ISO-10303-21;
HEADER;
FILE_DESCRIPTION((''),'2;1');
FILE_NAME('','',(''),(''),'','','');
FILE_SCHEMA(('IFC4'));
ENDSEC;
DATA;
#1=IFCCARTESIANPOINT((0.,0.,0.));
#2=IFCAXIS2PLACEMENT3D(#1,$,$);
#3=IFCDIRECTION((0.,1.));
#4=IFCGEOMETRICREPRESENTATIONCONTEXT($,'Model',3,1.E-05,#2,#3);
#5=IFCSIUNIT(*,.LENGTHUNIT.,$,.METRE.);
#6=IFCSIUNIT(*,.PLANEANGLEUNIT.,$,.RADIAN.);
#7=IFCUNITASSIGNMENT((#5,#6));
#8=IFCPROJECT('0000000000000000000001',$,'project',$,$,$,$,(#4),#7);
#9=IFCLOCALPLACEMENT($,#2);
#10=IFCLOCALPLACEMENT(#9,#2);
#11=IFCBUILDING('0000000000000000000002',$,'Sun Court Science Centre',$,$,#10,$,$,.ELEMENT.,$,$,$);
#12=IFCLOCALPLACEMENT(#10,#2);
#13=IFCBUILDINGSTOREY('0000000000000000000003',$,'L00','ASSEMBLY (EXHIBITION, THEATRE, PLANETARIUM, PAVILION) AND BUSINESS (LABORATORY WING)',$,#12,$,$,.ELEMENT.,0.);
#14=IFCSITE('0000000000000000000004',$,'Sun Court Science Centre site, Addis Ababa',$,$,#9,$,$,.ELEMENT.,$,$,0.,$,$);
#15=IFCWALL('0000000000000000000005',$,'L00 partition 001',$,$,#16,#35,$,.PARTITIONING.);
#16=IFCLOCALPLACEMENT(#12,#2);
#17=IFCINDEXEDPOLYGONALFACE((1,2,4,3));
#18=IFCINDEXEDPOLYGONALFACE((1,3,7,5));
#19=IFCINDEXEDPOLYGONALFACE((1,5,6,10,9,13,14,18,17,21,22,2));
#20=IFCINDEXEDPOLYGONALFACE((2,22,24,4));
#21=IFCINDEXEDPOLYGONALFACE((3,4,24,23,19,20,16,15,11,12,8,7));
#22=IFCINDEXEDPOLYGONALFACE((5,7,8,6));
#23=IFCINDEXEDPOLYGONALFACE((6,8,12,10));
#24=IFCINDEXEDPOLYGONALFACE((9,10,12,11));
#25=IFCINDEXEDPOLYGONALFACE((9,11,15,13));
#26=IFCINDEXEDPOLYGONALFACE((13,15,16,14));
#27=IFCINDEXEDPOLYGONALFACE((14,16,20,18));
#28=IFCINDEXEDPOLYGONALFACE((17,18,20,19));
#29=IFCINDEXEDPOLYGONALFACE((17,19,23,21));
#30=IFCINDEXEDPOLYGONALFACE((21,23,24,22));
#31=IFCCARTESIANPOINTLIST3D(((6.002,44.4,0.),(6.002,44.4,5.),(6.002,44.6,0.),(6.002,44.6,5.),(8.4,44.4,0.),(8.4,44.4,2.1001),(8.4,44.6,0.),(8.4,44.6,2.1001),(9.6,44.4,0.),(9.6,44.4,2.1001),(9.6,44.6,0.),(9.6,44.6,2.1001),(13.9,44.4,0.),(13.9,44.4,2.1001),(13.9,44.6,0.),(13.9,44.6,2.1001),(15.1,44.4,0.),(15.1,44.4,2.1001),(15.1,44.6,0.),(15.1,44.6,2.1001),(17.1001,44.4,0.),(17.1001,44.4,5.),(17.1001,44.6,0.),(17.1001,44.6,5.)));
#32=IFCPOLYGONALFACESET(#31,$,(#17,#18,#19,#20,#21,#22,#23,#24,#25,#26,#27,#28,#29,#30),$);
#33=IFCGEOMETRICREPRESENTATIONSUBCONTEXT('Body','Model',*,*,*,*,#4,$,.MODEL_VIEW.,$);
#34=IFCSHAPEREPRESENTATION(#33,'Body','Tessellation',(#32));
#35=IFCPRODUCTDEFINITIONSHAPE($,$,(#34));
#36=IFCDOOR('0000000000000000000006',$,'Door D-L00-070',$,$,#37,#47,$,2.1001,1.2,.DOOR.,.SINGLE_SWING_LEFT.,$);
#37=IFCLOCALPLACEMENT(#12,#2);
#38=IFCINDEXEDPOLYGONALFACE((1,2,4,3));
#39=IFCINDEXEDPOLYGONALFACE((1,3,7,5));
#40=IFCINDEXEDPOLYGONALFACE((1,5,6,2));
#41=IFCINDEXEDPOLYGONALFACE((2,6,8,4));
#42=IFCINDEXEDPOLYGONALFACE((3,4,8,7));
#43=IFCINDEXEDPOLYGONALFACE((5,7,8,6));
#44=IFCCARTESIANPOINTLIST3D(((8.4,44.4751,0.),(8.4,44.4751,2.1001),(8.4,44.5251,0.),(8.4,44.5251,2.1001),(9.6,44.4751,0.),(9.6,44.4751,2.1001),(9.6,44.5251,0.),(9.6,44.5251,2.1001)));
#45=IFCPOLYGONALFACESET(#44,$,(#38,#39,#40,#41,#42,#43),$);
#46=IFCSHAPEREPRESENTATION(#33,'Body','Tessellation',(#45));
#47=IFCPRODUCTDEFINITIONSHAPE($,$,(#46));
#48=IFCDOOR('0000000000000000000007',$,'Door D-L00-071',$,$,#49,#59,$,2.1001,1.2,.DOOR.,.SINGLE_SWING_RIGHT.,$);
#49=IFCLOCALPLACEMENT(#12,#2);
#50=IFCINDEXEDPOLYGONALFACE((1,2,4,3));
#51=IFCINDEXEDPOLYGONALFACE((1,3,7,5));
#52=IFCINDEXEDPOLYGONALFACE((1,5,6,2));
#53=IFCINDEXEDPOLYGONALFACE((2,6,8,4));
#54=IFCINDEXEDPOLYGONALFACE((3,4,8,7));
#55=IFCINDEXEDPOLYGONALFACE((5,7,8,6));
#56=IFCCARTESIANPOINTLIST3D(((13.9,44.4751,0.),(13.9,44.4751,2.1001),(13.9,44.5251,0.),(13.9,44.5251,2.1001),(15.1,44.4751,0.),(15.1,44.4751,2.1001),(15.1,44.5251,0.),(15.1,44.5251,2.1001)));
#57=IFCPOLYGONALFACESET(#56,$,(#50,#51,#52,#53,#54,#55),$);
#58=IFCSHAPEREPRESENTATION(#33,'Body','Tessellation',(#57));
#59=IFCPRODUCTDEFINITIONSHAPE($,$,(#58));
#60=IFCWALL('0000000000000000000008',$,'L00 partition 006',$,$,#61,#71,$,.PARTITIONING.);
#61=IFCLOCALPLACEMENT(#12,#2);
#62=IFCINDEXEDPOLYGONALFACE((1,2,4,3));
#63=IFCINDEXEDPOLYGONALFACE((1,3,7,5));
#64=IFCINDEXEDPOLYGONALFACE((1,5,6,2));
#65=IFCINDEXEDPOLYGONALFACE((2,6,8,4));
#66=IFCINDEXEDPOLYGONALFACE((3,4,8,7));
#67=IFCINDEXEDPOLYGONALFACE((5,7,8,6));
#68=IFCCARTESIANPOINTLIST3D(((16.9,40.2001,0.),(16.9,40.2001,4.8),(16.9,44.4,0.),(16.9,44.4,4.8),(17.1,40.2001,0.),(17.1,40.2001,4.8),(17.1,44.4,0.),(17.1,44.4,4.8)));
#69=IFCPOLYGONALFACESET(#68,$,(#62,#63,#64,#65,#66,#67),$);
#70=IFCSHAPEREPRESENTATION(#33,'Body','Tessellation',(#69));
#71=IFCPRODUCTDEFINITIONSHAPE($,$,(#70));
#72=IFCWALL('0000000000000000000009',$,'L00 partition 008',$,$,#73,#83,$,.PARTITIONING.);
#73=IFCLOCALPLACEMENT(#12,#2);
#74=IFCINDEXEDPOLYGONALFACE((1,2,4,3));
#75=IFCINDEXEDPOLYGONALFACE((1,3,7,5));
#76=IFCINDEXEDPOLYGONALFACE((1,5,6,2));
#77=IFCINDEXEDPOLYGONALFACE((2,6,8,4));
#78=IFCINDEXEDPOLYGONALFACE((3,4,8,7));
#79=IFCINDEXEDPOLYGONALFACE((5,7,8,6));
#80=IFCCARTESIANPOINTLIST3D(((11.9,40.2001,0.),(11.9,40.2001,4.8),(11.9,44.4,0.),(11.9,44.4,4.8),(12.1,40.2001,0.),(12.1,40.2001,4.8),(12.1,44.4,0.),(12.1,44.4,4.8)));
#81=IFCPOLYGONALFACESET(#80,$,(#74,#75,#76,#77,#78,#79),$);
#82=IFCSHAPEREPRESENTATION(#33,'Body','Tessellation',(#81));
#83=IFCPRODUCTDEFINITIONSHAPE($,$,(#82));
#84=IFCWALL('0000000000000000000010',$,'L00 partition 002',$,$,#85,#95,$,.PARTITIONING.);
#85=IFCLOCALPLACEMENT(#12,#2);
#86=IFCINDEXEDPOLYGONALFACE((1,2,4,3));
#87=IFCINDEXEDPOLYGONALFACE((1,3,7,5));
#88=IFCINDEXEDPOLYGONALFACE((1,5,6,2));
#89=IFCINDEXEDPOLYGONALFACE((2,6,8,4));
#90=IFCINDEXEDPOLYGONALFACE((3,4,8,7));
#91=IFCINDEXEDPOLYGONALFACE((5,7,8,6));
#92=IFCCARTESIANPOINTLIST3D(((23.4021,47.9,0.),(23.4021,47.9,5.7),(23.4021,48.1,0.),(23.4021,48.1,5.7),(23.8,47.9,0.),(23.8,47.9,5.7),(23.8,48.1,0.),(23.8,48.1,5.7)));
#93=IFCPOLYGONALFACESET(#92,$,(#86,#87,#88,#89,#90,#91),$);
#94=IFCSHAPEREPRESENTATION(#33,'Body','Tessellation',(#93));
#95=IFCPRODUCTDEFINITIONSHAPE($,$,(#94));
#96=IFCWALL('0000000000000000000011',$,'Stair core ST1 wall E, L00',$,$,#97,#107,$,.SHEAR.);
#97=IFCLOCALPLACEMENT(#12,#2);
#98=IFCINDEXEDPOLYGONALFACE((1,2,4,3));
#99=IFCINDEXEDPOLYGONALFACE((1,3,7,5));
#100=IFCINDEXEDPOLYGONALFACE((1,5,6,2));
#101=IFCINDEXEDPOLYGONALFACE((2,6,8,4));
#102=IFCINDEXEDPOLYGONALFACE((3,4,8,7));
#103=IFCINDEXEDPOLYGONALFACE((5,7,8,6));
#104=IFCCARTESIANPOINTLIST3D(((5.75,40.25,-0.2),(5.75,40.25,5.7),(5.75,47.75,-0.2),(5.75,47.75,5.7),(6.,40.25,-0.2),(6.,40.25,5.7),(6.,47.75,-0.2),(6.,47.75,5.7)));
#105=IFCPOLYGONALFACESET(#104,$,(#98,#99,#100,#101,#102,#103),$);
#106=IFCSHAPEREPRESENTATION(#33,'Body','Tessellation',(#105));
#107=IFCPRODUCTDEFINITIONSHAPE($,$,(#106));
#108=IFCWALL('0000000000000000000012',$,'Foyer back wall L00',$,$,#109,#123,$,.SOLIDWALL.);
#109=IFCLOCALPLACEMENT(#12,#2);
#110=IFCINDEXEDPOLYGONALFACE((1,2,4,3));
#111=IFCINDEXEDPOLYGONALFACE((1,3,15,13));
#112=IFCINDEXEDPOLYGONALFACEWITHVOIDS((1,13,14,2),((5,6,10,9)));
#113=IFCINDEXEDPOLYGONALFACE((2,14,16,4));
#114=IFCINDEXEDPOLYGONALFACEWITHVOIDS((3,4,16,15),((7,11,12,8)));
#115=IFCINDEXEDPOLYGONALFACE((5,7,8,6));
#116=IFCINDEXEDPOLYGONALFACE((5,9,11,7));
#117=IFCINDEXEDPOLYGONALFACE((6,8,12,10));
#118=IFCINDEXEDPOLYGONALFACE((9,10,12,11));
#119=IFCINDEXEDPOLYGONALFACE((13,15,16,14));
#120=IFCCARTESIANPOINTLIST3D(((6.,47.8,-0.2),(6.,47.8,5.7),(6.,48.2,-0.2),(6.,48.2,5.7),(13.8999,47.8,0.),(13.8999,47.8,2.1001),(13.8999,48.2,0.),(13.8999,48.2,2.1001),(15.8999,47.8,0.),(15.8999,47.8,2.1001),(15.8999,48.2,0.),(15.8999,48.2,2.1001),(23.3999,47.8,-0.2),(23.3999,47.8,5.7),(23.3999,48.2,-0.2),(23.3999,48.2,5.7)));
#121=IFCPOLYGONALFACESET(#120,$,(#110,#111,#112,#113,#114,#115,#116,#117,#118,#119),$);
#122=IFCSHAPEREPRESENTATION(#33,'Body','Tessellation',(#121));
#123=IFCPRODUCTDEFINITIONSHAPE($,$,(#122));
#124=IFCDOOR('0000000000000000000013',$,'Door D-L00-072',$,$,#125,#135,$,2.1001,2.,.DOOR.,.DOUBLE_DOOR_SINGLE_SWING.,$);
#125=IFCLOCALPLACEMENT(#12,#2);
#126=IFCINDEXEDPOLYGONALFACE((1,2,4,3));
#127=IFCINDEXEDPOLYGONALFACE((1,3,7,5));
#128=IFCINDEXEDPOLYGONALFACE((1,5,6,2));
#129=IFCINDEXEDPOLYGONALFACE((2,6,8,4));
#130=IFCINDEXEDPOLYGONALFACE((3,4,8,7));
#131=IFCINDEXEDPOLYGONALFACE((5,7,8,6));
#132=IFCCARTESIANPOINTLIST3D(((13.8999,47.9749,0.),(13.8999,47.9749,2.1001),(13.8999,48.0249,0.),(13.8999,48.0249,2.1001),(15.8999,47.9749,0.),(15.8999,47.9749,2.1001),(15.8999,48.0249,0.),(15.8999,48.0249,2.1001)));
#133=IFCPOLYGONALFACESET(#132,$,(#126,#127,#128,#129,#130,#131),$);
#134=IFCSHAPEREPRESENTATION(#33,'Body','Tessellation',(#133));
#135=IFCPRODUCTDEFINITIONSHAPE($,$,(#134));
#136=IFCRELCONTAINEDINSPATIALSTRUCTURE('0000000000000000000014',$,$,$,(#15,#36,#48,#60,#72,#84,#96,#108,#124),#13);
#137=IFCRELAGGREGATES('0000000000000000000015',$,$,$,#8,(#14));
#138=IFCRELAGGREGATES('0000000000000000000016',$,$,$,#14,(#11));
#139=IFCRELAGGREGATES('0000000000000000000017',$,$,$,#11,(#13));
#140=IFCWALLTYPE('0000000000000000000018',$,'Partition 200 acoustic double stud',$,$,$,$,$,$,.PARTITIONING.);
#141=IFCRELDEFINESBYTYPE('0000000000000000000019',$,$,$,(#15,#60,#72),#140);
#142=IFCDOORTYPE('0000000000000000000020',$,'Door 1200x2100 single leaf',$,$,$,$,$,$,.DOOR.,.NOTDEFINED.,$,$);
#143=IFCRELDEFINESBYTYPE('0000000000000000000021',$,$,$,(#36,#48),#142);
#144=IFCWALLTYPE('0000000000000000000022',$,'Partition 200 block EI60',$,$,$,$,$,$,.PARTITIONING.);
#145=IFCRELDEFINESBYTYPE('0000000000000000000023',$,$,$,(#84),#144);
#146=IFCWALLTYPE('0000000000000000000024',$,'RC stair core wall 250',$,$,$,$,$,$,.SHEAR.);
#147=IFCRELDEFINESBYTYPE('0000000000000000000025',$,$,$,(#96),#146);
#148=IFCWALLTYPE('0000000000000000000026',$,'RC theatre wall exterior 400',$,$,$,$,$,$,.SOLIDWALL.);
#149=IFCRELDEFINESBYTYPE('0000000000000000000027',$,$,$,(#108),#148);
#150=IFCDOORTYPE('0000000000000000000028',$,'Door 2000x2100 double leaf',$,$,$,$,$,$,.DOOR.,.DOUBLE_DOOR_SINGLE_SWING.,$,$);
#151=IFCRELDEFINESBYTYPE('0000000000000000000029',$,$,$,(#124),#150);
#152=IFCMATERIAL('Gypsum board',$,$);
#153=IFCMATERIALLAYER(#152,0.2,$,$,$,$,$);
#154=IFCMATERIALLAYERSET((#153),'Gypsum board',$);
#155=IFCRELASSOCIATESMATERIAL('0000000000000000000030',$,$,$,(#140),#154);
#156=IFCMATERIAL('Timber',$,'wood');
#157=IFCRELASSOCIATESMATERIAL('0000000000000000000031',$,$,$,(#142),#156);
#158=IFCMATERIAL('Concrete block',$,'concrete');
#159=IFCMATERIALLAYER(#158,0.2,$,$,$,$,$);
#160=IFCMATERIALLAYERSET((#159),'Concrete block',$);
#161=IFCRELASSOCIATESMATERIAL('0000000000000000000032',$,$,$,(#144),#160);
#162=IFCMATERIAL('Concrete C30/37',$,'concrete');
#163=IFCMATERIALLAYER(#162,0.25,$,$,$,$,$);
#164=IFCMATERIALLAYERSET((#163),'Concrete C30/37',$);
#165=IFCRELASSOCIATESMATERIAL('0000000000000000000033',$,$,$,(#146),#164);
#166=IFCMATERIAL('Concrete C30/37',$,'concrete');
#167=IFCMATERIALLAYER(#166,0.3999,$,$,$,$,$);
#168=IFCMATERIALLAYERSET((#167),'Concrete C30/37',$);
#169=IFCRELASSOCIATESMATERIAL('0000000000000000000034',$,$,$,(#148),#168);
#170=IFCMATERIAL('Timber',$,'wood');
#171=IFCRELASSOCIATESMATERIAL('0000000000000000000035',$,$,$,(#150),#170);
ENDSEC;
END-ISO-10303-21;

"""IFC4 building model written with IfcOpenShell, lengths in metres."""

from ifc_helpers import new_model, si_unit, direction, frame, frame_2d, origin, place, context, subcontext, project, spatial, rectangle, extrude, material, layer, layer_set, type_object, element, fill, save


model = new_model("IFC4")

# Units and contexts
model_context = context("Model", 3, precision=1e-05, world=origin(), true_north=direction((0.0, 1.0)))
body_context = subcontext(model_context, "Body", "Model", "MODEL_VIEW")
ifc_project = project(units=[si_unit("LENGTHUNIT", "METRE"), si_unit("PLANEANGLEUNIT", "RADIAN")], contexts=[model_context])

# Site, building, storey
site_placement = place(None, origin())
site = spatial("IfcSite", under=ifc_project, at=site_placement, Name="Sun Court Science Centre site, Addis Ababa", CompositionType="ELEMENT", RefElevation=0.0)
building_placement = place(site_placement, origin())
building = spatial("IfcBuilding", under=site, at=building_placement, Name="Sun Court Science Centre", CompositionType="ELEMENT")
storey_placement = place(building_placement, origin())
storey = spatial("IfcBuildingStorey", under=building, at=storey_placement, Name="L00", Description="ASSEMBLY (EXHIBITION, THEATRE, PLANETARIUM, PAVILION) AND BUSINESS (LABORATORY WING)", CompositionType="ELEMENT", Elevation=0.0)

# Wall, openings, doors
ifc_material_1 = material(Name="Gypsum board")
ifc_layer_1 = layer(ifc_material_1, 0.2)
ifc_layer_set_1 = layer_set([ifc_layer_1], Name="Gypsum board")
wall_type_1 = type_object("IfcWallType", Name="Partition 200 acoustic double stud", PredefinedType="PARTITIONING", material=ifc_layer_set_1)
wall_1_placement = place(storey_placement, frame((17.1001, 44.5, 0.0), z_axis=(0.0, 0.0, 1.0), x_axis=(-1.0, 0.0, 0.0)))
wall_1 = element("IfcWall", 1, at=wall_1_placement, inside=storey, type_object=wall_type_1, Name="L00 partition 001", PredefinedType="PARTITIONING", context=body_context, shape_type="SweptSolid", body=[
    extrude(rectangle(XDim=11.0981, YDim=0.2, at=frame_2d((5.5491, 0.0))), origin(), (0.0, 0.0, 1.0), 5.0),
])
opening_1_placement = place(wall_1_placement, frame((7.5, 0.0, 0.0)))
opening_1 = element("IfcOpeningElement", 2, at=opening_1_placement, cuts=wall_1, PredefinedType="OPENING", context=body_context, shape_type="SweptSolid", body=[
    extrude(rectangle(XDim=1.2, YDim=2.1001, at=frame_2d((0.6001, 1.05))), frame((0.0, 0.1099, 0.0), z_axis=(0.0, -1.0, 0.0), x_axis=(1.0, 0.0, 0.0)), (0.0, 0.0, 1.0), 0.22),
])
opening_2_placement = place(wall_1_placement, frame((2.0, 0.0, 0.0)))
opening_2 = element("IfcOpeningElement", 3, at=opening_2_placement, cuts=wall_1, PredefinedType="OPENING", context=body_context, shape_type="SweptSolid", body=[
    extrude(rectangle(XDim=1.2, YDim=2.1001, at=frame_2d((0.6001, 1.05))), frame((0.0, 0.1099, 0.0), z_axis=(0.0, -1.0, 0.0), x_axis=(1.0, 0.0, 0.0)), (0.0, 0.0, 1.0), 0.22),
])
ifc_material_2 = material(Name="Timber", Category="wood")
door_type_1 = type_object("IfcDoorType", Name="Door 1200x2100 single leaf", OperationType="NOTDEFINED", PredefinedType="DOOR", material=ifc_material_2)
door_1_placement = place(opening_1_placement, origin())
door_1 = element("IfcDoor", 4, at=door_1_placement, inside=storey, type_object=door_type_1, Name="Door D-L00-070", OperationType="SINGLE_SWING_LEFT", OverallHeight=2.1001, OverallWidth=1.2, PredefinedType="DOOR", context=body_context, shape_type="SweptSolid", body=[
    extrude(rectangle(XDim=1.2, YDim=2.1001, at=frame_2d((0.6001, 1.05))), frame((0.0, 0.0249, 0.0), z_axis=(0.0, -1.0, 0.0), x_axis=(1.0, 0.0, 0.0)), (0.0, 0.0, 1.0), 0.05),
])
fill(opening_1, door_1)
door_2_placement = place(opening_2_placement, origin())
door_2 = element("IfcDoor", 5, at=door_2_placement, inside=storey, type_object=door_type_1, Name="Door D-L00-071", OperationType="SINGLE_SWING_RIGHT", OverallHeight=2.1001, OverallWidth=1.2, PredefinedType="DOOR", context=body_context, shape_type="SweptSolid", body=[
    extrude(rectangle(XDim=1.2, YDim=2.1001, at=frame_2d((0.6001, 1.05))), frame((0.0, 0.0249, 0.0), z_axis=(0.0, -1.0, 0.0), x_axis=(1.0, 0.0, 0.0)), (0.0, 0.0, 1.0), 0.05),
])
fill(opening_2, door_2)

# Walls
for number, where, z_axis, x_axis, name in (
    (6, (17.0, 40.2, 0.0), (0.0, 0.0, 1.0), (0.0, 1.0, 0.0), "L00 partition 006"),
    (7, (12.0, 40.2, 0.0), (0.0, 0.0, 1.0), (0.0, 1.0, 0.0), "L00 partition 008"),
):
    element("IfcWall", number, at=place(storey_placement, frame(where, z_axis=z_axis, x_axis=x_axis)), inside=storey, type_object=wall_type_1, Name=name, PredefinedType="PARTITIONING", context=body_context, shape_type="SweptSolid", body=[
        extrude(rectangle(XDim=4.2, YDim=0.2, at=frame_2d((2.1001, 0.0))), origin(), (0.0, 0.0, 1.0), 4.8),
    ])
ifc_material_3 = material(Name="Concrete block", Category="concrete")
ifc_layer_2 = layer(ifc_material_3, 0.2)
ifc_layer_set_2 = layer_set([ifc_layer_2], Name="Concrete block")
wall_type_2 = type_object("IfcWallType", Name="Partition 200 block EI60", PredefinedType="PARTITIONING", material=ifc_layer_set_2)
wall_2_placement = place(storey_placement, frame((23.4021, 48.0, 0.0), z_axis=(0.0, 0.0, 1.0), x_axis=(1.0, 0.0, 0.0)))
element("IfcWall", 8, at=wall_2_placement, inside=storey, type_object=wall_type_2, Name="L00 partition 002", PredefinedType="PARTITIONING", context=body_context, shape_type="SweptSolid", body=[
    extrude(rectangle(XDim=0.3979, YDim=0.2, at=frame_2d((0.199, 0.0))), origin(), (0.0, 0.0, 1.0), 5.7),
])
ifc_material_4 = material(Name="Concrete C30/37", Category="concrete")
ifc_layer_3 = layer(ifc_material_4, 0.25)
ifc_layer_set_3 = layer_set([ifc_layer_3], Name="Concrete C30/37")
wall_type_3 = type_object("IfcWallType", Name="RC stair core wall 250", PredefinedType="SHEAR", material=ifc_layer_set_3)
wall_3_placement = place(storey_placement, frame((5.875, 40.25, -0.2), z_axis=(0.0, 0.0, 1.0), x_axis=(0.0, 1.0, 0.0)))
element("IfcWall", 9, at=wall_3_placement, inside=storey, type_object=wall_type_3, Name="Stair core ST1 wall E, L00", PredefinedType="SHEAR", context=body_context, shape_type="SweptSolid", body=[
    extrude(rectangle(XDim=7.5, YDim=0.25, at=frame_2d((3.75, 0.0))), origin(), (0.0, 0.0, 1.0), 5.8999),
])

# Wall, opening, door
ifc_material_5 = material(Name="Concrete C30/37", Category="concrete")
ifc_layer_4 = layer(ifc_material_5, 0.3999)
ifc_layer_set_4 = layer_set([ifc_layer_4], Name="Concrete C30/37")
wall_type_4 = type_object("IfcWallType", Name="RC theatre wall exterior 400", PredefinedType="SOLIDWALL", material=ifc_layer_set_4)
wall_4_placement = place(storey_placement, frame((6.0, 48.0, -0.2), z_axis=(0.0, 0.0, 1.0), x_axis=(1.0, 0.0, 0.0)))
wall_4 = element("IfcWall", 10, at=wall_4_placement, inside=storey, type_object=wall_type_4, Name="Foyer back wall L00", PredefinedType="SOLIDWALL", context=body_context, shape_type="SweptSolid", body=[
    extrude(rectangle(XDim=17.3999, YDim=0.3999, at=frame_2d((8.7, 0.0))), origin(), (0.0, 0.0, 1.0), 5.8999),
])
opening_3_placement = place(wall_4_placement, frame((7.8999, 0.0, 0.2)))
opening_3 = element("IfcOpeningElement", 11, at=opening_3_placement, cuts=wall_4, PredefinedType="OPENING", context=body_context, shape_type="SweptSolid", body=[
    extrude(rectangle(XDim=2.0, YDim=2.1001, at=frame_2d((1.0, 1.05))), frame((0.0, 0.21, 0.0), z_axis=(0.0, -1.0, 0.0), x_axis=(1.0, 0.0, 0.0)), (0.0, 0.0, 1.0), 0.4199),
])
ifc_material_6 = material(Name="Timber", Category="wood")
door_type_2 = type_object("IfcDoorType", Name="Door 2000x2100 double leaf", OperationType="DOUBLE_DOOR_SINGLE_SWING", PredefinedType="DOOR", material=ifc_material_6)
door_3_placement = place(opening_3_placement, origin())
door_3 = element("IfcDoor", 12, at=door_3_placement, inside=storey, type_object=door_type_2, Name="Door D-L00-072", OperationType="DOUBLE_DOOR_SINGLE_SWING", OverallHeight=2.1001, OverallWidth=2.0, PredefinedType="DOOR", context=body_context, shape_type="SweptSolid", body=[
    extrude(rectangle(XDim=2.0, YDim=2.1001, at=frame_2d((1.0, 1.05))), frame((0.0, 0.0249, 0.0), z_axis=(0.0, -1.0, 0.0), x_axis=(1.0, 0.0, 0.0)), (0.0, 0.0, 1.0), 0.05),
])
fill(opening_3, door_3)

save(model, "model.ifc")
